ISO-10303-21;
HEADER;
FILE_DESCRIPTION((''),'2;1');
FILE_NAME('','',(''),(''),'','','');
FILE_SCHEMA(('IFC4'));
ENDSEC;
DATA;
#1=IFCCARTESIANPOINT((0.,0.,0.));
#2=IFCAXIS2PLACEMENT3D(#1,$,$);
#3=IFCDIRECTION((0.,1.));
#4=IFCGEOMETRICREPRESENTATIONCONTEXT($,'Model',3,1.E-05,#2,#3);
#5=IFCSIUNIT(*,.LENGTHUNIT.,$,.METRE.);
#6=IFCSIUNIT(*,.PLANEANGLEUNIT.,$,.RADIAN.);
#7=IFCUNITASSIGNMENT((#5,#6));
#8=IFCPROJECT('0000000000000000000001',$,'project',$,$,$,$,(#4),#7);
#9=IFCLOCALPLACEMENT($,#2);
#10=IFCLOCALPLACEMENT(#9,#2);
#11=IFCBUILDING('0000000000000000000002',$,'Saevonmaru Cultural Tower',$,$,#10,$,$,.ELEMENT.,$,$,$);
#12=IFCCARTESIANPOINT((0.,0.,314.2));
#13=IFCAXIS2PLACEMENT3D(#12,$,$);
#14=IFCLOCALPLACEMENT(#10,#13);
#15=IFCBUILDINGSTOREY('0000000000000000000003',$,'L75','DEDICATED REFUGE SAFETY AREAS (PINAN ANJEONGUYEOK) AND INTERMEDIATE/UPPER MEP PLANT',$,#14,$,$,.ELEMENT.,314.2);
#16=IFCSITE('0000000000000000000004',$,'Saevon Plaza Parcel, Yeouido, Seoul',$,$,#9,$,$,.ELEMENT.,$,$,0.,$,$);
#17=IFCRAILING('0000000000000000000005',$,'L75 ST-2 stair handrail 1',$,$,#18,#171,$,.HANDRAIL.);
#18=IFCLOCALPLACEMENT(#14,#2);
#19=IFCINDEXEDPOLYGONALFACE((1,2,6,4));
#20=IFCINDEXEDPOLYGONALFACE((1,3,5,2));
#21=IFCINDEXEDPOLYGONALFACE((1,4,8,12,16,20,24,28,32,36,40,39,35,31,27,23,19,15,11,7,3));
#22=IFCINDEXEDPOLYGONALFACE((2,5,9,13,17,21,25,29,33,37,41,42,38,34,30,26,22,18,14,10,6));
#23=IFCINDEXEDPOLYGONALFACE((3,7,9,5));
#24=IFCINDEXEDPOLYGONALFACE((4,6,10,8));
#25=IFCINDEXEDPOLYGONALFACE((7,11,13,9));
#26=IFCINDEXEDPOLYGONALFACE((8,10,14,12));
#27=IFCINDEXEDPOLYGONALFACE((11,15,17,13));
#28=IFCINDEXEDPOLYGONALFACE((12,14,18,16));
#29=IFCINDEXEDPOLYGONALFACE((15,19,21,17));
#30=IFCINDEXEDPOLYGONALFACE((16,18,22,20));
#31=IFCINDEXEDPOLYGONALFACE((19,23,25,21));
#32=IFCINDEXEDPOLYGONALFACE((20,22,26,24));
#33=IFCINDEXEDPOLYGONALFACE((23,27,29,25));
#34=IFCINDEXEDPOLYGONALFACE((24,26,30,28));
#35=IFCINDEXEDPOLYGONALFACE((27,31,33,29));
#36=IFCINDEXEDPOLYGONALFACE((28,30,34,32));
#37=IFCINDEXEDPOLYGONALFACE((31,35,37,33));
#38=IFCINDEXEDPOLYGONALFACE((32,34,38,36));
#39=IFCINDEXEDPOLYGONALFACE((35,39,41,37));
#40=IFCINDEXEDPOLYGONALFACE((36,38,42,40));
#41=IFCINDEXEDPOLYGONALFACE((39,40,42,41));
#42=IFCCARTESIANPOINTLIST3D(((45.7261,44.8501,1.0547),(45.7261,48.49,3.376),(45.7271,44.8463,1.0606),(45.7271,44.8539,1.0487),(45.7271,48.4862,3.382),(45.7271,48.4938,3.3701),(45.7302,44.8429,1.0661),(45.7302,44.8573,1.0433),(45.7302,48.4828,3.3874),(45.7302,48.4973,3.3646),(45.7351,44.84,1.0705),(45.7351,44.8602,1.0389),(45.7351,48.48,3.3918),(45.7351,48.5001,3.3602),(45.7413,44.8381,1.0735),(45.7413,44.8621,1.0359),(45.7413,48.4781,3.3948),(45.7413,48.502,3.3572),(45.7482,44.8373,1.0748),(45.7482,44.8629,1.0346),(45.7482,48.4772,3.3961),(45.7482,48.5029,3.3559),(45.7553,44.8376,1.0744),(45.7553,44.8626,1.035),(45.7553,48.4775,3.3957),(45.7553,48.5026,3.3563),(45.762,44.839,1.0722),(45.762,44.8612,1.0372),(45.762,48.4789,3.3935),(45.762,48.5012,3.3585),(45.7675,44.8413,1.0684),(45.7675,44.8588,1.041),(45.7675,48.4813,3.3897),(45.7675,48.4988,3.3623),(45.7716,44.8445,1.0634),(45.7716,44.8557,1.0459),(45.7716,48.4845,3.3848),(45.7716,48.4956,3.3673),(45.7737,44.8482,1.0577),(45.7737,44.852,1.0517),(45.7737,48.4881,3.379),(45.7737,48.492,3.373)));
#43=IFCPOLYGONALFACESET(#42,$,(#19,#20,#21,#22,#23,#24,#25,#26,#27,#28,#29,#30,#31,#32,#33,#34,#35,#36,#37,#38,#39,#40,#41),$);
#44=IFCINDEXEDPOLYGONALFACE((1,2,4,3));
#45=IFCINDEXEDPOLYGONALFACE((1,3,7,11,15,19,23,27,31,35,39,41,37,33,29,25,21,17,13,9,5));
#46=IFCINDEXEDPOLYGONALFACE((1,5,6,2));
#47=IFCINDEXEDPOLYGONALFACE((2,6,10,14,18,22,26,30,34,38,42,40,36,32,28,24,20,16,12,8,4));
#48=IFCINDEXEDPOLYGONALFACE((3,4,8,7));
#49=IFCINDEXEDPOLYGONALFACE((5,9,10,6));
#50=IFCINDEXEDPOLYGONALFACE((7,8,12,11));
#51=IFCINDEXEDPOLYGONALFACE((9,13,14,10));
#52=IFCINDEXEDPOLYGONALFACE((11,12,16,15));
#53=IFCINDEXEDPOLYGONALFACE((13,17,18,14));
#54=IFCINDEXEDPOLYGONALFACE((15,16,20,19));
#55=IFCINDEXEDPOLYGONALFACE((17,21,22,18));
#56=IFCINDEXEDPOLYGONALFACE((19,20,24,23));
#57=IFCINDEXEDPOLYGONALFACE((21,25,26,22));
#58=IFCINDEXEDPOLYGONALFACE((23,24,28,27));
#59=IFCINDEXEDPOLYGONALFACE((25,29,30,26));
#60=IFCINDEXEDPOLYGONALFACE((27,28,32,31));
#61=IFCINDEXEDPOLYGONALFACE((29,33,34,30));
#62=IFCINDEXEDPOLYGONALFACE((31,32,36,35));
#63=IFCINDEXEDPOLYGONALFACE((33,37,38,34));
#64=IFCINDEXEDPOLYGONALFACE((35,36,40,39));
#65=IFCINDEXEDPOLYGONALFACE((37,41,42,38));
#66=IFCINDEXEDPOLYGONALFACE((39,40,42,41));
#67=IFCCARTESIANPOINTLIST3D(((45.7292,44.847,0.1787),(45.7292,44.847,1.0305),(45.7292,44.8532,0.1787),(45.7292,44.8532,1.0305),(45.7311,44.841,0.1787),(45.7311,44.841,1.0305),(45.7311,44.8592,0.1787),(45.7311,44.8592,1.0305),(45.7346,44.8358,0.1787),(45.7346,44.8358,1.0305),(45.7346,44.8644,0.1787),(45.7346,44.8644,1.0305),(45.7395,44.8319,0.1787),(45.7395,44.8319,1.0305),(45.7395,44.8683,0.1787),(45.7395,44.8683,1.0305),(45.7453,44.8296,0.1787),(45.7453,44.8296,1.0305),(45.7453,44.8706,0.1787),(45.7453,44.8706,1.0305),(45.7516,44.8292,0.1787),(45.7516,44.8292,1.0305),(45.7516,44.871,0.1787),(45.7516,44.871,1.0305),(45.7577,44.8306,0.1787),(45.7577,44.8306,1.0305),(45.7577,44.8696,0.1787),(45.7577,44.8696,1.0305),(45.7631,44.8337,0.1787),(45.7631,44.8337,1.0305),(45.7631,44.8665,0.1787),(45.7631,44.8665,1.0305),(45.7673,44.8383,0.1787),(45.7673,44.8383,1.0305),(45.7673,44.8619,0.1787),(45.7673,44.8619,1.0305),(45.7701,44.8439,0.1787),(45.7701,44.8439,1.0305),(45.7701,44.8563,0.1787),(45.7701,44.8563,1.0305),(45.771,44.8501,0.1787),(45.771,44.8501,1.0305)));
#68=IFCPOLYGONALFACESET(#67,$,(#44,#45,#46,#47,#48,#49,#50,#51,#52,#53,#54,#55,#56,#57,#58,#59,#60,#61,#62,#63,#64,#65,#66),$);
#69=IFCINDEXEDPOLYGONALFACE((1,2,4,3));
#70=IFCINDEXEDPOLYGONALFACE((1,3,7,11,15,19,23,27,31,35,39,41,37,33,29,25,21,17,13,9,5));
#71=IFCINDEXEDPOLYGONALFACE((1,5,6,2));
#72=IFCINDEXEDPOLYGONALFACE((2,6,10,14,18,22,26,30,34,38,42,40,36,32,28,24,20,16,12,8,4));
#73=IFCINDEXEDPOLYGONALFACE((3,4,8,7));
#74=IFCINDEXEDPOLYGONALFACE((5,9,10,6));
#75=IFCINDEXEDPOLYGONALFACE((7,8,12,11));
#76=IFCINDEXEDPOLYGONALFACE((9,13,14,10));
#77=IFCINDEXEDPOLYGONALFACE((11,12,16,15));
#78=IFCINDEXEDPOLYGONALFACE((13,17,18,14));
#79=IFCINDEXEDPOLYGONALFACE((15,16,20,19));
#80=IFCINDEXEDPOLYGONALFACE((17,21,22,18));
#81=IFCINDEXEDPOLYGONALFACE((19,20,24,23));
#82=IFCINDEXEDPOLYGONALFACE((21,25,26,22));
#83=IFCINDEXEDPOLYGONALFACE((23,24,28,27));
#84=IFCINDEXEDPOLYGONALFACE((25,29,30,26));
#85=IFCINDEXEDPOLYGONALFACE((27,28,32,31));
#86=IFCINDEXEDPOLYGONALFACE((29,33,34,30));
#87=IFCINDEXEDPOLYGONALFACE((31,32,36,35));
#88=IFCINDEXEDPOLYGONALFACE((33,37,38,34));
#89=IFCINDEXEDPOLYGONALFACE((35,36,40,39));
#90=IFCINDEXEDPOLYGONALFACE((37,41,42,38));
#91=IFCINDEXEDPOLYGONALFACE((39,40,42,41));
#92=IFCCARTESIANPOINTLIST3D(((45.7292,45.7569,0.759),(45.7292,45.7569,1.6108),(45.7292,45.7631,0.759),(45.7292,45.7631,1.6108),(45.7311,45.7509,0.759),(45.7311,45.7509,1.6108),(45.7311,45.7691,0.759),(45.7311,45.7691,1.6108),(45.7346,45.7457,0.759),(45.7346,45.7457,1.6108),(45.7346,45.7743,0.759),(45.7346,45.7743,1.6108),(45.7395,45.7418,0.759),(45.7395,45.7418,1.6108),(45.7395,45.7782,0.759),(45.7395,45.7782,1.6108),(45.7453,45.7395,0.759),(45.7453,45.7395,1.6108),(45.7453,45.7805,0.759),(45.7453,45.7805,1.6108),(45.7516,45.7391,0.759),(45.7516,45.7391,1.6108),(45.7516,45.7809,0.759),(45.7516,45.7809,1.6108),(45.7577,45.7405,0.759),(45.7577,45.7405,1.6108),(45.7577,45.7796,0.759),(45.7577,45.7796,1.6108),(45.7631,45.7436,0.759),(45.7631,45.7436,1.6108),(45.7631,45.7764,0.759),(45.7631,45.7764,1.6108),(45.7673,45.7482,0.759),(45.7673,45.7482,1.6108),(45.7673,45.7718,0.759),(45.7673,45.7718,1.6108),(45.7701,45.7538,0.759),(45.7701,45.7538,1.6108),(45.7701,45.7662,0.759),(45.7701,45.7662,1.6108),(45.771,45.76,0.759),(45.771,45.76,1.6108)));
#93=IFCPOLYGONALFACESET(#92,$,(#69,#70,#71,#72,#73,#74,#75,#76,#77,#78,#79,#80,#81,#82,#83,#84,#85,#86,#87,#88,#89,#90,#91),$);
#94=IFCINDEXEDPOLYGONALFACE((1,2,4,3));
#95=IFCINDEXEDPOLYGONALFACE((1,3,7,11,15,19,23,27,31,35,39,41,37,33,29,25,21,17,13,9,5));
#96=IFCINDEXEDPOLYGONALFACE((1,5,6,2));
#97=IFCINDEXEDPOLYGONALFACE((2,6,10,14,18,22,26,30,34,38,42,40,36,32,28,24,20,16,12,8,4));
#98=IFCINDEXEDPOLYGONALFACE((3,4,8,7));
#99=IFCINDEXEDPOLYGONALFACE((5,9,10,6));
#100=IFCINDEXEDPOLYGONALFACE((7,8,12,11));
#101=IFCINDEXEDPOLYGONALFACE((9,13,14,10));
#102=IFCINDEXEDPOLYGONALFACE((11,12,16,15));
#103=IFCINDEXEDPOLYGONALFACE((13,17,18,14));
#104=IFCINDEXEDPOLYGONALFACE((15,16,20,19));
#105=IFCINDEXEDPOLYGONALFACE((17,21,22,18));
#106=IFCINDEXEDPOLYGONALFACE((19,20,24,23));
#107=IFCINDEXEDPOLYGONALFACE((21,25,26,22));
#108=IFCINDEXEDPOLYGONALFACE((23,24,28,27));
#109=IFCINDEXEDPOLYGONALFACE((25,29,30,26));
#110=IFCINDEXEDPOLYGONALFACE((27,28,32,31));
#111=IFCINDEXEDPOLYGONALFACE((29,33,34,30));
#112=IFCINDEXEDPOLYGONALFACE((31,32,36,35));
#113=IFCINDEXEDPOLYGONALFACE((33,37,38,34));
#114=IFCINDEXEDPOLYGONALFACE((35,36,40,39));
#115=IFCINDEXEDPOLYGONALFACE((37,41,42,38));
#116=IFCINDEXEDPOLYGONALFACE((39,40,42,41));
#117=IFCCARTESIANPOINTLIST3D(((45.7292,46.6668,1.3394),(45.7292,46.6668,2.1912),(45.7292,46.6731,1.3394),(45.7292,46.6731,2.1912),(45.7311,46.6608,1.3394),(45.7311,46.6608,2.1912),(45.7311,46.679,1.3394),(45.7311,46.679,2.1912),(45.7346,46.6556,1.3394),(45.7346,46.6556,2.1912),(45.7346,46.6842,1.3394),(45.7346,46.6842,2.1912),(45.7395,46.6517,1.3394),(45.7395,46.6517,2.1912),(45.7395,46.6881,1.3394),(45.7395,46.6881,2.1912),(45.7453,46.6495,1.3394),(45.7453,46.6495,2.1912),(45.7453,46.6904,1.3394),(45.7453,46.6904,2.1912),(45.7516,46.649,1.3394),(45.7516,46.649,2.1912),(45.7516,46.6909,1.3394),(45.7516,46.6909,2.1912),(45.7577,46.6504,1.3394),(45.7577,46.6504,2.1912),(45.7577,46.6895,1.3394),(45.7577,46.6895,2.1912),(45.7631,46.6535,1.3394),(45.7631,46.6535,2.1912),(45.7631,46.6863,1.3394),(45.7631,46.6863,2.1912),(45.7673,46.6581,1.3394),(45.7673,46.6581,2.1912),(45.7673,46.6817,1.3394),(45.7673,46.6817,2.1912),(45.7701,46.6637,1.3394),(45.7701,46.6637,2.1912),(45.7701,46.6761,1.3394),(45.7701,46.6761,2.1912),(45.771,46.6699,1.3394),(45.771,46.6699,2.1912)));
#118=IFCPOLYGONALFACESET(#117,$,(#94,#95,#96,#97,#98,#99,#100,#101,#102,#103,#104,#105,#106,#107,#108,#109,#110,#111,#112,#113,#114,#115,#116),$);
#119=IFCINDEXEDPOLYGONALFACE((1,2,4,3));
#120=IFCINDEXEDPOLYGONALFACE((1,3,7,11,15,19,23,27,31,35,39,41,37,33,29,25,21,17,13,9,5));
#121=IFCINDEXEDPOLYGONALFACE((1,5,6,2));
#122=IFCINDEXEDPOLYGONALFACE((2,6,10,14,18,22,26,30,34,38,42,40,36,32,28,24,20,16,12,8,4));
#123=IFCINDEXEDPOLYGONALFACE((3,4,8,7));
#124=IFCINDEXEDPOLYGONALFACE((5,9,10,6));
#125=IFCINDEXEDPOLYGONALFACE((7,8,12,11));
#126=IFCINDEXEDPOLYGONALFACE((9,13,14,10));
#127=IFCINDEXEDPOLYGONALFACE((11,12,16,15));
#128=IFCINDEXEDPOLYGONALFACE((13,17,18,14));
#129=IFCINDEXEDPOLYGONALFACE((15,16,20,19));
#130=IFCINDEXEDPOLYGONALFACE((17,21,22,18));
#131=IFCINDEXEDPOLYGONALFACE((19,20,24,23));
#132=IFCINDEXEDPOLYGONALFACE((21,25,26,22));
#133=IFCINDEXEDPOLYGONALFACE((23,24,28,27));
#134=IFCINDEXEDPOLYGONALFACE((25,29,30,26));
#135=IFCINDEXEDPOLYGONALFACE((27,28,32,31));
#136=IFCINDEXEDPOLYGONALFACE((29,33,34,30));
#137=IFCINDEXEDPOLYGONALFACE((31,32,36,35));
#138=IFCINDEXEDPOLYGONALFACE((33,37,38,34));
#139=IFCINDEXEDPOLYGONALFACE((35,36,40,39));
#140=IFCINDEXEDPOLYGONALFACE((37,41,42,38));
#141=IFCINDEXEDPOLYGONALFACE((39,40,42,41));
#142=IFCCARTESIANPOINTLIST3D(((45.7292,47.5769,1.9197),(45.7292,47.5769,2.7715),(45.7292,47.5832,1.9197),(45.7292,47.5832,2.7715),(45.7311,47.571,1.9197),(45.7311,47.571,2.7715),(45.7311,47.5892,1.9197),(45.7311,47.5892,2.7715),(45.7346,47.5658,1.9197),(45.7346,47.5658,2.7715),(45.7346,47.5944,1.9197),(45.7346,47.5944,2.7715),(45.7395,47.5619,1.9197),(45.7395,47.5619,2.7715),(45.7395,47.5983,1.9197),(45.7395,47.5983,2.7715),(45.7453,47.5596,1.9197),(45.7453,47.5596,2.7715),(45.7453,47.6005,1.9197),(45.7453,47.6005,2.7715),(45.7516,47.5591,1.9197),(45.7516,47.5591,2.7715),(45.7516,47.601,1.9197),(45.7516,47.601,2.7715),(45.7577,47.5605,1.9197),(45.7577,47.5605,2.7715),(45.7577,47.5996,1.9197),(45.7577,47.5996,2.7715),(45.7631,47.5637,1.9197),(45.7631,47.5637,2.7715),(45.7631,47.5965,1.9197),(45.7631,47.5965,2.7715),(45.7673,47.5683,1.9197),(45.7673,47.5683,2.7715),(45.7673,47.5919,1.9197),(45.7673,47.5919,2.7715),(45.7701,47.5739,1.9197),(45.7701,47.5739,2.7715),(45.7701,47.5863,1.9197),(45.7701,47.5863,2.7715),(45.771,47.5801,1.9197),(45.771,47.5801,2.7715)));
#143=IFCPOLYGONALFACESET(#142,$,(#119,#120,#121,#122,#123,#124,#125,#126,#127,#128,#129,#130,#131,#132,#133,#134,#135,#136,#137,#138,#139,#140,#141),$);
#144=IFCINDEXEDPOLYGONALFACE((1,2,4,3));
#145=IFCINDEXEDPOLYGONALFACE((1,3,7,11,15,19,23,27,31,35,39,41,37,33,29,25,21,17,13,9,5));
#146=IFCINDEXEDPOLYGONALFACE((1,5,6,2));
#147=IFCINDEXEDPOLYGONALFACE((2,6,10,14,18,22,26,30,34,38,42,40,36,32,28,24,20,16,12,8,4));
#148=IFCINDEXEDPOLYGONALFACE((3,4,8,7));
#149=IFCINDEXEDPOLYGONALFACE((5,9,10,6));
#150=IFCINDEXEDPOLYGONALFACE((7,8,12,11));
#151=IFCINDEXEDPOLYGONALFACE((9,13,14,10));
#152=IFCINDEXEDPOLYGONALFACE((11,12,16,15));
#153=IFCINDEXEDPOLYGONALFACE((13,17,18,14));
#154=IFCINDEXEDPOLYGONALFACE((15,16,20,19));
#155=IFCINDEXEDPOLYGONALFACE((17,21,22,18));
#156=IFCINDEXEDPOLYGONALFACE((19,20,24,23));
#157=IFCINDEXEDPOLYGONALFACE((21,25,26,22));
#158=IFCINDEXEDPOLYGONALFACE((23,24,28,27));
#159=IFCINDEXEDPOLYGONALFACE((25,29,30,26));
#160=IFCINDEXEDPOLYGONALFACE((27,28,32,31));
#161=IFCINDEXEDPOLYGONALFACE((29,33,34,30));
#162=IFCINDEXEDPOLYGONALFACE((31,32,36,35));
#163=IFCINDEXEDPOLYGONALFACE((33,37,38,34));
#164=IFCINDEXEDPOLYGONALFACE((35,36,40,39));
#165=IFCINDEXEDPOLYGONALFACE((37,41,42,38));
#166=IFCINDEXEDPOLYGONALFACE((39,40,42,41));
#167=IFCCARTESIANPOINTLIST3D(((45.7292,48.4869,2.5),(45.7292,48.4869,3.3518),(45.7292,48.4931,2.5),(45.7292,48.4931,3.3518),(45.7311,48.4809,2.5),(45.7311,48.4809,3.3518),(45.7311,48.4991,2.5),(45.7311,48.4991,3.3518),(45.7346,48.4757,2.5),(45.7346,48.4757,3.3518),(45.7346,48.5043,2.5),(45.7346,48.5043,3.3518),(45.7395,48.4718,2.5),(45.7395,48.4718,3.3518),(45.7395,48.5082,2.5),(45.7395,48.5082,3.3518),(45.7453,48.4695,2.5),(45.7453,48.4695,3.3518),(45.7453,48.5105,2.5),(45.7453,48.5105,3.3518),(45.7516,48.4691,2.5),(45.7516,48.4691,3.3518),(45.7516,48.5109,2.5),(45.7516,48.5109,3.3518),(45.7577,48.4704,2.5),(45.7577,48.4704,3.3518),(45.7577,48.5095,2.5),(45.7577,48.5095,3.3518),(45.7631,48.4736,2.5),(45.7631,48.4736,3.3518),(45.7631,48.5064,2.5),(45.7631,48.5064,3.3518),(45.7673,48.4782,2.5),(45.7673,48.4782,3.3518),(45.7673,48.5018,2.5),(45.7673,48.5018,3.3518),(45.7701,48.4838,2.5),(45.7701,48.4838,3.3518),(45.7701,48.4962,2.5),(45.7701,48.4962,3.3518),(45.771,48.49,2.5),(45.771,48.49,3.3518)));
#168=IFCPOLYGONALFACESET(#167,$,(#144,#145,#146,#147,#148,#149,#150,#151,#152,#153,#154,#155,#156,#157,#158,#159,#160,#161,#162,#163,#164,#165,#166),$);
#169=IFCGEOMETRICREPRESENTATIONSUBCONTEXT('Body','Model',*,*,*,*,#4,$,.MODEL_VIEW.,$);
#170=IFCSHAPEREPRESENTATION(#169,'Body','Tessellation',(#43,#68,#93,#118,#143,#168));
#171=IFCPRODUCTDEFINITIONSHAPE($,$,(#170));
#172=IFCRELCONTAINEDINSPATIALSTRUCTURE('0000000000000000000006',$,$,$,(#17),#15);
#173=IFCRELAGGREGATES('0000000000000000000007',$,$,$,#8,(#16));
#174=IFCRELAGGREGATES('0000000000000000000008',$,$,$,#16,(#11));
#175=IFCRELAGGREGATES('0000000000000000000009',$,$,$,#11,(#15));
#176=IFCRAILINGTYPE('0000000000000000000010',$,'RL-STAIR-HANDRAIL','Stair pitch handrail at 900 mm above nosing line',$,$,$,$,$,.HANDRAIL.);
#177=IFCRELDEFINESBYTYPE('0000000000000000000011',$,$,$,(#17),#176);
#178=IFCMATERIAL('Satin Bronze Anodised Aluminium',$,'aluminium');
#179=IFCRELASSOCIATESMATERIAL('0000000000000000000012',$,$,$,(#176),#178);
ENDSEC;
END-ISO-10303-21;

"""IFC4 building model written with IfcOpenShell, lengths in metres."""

from ifc_helpers import new_model, si_unit, direction, frame, origin, origin_2d, place, context, subcontext, project, spatial, circle, extrude, material, type_object, element, save


model = new_model("IFC4")

# Units and contexts
model_context = context("Model", 3, precision=1e-05, world=origin(), true_north=direction((0.0, 1.0)))
body_context = subcontext(model_context, "Body", "Model", "MODEL_VIEW")
ifc_project = project(units=[si_unit("LENGTHUNIT", "METRE"), si_unit("PLANEANGLEUNIT", "RADIAN")], contexts=[model_context])

# Site, building, storey
site_placement = place(None, origin())
site = spatial("IfcSite", under=ifc_project, at=site_placement, Name="Saevon Plaza Parcel, Yeouido, Seoul", CompositionType="ELEMENT", RefElevation=0.0)
building_placement = place(site_placement, origin())
building = spatial("IfcBuilding", under=site, at=building_placement, Name="Saevonmaru Cultural Tower", CompositionType="ELEMENT")
storey_placement = place(building_placement, frame((0.0, 0.0, 314.2)))
storey = spatial("IfcBuildingStorey", under=building, at=storey_placement, Name="L75", Description="DEDICATED REFUGE SAFETY AREAS (PINAN ANJEONGUYEOK) AND INTERMEDIATE/UPPER MEP PLANT", CompositionType="ELEMENT", Elevation=314.2)

# Shared definitions
ifc_material_1 = material(Name="Satin Bronze Anodised Aluminium", Category="aluminium")

# Railing
railing_type_1 = type_object("IfcRailingType", Name="RL-STAIR-HANDRAIL", Description="Stair pitch handrail at 900 mm above nosing line", PredefinedType="HANDRAIL", material=ifc_material_1)
railing_1_placement = place(storey_placement, frame((45.75, 44.8501, 0.1787)))
element("IfcRailing", 1, at=railing_1_placement, inside=storey, type_object=railing_type_1, Name="L75 ST-2 stair handrail 1", PredefinedType="HANDRAIL", context=body_context, shape_type="SweptSolid", body=[
    extrude(circle(Radius=0.0239, at=origin_2d()), frame((0.0, 0.0, 0.876), z_axis=(0.0, 0.843137, 0.537699), x_axis=(-1.0, 0.0, 0.0)), (0.0, 0.0, 1.0), 4.3171),
    extrude(circle(Radius=0.021, at=origin_2d()), origin(), (0.0, 0.0, 1.0), 0.8518),
    extrude(circle(Radius=0.021, at=origin_2d()), frame((0.0, 0.9099, 0.5803)), (0.0, 0.0, 1.0), 0.8518),
    extrude(circle(Radius=0.021, at=origin_2d()), frame((0.0, 1.8198, 1.1606)), (0.0, 0.0, 1.0), 0.8518),
    extrude(circle(Radius=0.021, at=origin_2d()), frame((0.0, 2.73, 1.741)), (0.0, 0.0, 1.0), 0.8518),
    extrude(circle(Radius=0.021, at=origin_2d()), frame((0.0, 3.6399, 2.3213)), (0.0, 0.0, 1.0), 0.8518),
])

save(model, "model.ifc")
